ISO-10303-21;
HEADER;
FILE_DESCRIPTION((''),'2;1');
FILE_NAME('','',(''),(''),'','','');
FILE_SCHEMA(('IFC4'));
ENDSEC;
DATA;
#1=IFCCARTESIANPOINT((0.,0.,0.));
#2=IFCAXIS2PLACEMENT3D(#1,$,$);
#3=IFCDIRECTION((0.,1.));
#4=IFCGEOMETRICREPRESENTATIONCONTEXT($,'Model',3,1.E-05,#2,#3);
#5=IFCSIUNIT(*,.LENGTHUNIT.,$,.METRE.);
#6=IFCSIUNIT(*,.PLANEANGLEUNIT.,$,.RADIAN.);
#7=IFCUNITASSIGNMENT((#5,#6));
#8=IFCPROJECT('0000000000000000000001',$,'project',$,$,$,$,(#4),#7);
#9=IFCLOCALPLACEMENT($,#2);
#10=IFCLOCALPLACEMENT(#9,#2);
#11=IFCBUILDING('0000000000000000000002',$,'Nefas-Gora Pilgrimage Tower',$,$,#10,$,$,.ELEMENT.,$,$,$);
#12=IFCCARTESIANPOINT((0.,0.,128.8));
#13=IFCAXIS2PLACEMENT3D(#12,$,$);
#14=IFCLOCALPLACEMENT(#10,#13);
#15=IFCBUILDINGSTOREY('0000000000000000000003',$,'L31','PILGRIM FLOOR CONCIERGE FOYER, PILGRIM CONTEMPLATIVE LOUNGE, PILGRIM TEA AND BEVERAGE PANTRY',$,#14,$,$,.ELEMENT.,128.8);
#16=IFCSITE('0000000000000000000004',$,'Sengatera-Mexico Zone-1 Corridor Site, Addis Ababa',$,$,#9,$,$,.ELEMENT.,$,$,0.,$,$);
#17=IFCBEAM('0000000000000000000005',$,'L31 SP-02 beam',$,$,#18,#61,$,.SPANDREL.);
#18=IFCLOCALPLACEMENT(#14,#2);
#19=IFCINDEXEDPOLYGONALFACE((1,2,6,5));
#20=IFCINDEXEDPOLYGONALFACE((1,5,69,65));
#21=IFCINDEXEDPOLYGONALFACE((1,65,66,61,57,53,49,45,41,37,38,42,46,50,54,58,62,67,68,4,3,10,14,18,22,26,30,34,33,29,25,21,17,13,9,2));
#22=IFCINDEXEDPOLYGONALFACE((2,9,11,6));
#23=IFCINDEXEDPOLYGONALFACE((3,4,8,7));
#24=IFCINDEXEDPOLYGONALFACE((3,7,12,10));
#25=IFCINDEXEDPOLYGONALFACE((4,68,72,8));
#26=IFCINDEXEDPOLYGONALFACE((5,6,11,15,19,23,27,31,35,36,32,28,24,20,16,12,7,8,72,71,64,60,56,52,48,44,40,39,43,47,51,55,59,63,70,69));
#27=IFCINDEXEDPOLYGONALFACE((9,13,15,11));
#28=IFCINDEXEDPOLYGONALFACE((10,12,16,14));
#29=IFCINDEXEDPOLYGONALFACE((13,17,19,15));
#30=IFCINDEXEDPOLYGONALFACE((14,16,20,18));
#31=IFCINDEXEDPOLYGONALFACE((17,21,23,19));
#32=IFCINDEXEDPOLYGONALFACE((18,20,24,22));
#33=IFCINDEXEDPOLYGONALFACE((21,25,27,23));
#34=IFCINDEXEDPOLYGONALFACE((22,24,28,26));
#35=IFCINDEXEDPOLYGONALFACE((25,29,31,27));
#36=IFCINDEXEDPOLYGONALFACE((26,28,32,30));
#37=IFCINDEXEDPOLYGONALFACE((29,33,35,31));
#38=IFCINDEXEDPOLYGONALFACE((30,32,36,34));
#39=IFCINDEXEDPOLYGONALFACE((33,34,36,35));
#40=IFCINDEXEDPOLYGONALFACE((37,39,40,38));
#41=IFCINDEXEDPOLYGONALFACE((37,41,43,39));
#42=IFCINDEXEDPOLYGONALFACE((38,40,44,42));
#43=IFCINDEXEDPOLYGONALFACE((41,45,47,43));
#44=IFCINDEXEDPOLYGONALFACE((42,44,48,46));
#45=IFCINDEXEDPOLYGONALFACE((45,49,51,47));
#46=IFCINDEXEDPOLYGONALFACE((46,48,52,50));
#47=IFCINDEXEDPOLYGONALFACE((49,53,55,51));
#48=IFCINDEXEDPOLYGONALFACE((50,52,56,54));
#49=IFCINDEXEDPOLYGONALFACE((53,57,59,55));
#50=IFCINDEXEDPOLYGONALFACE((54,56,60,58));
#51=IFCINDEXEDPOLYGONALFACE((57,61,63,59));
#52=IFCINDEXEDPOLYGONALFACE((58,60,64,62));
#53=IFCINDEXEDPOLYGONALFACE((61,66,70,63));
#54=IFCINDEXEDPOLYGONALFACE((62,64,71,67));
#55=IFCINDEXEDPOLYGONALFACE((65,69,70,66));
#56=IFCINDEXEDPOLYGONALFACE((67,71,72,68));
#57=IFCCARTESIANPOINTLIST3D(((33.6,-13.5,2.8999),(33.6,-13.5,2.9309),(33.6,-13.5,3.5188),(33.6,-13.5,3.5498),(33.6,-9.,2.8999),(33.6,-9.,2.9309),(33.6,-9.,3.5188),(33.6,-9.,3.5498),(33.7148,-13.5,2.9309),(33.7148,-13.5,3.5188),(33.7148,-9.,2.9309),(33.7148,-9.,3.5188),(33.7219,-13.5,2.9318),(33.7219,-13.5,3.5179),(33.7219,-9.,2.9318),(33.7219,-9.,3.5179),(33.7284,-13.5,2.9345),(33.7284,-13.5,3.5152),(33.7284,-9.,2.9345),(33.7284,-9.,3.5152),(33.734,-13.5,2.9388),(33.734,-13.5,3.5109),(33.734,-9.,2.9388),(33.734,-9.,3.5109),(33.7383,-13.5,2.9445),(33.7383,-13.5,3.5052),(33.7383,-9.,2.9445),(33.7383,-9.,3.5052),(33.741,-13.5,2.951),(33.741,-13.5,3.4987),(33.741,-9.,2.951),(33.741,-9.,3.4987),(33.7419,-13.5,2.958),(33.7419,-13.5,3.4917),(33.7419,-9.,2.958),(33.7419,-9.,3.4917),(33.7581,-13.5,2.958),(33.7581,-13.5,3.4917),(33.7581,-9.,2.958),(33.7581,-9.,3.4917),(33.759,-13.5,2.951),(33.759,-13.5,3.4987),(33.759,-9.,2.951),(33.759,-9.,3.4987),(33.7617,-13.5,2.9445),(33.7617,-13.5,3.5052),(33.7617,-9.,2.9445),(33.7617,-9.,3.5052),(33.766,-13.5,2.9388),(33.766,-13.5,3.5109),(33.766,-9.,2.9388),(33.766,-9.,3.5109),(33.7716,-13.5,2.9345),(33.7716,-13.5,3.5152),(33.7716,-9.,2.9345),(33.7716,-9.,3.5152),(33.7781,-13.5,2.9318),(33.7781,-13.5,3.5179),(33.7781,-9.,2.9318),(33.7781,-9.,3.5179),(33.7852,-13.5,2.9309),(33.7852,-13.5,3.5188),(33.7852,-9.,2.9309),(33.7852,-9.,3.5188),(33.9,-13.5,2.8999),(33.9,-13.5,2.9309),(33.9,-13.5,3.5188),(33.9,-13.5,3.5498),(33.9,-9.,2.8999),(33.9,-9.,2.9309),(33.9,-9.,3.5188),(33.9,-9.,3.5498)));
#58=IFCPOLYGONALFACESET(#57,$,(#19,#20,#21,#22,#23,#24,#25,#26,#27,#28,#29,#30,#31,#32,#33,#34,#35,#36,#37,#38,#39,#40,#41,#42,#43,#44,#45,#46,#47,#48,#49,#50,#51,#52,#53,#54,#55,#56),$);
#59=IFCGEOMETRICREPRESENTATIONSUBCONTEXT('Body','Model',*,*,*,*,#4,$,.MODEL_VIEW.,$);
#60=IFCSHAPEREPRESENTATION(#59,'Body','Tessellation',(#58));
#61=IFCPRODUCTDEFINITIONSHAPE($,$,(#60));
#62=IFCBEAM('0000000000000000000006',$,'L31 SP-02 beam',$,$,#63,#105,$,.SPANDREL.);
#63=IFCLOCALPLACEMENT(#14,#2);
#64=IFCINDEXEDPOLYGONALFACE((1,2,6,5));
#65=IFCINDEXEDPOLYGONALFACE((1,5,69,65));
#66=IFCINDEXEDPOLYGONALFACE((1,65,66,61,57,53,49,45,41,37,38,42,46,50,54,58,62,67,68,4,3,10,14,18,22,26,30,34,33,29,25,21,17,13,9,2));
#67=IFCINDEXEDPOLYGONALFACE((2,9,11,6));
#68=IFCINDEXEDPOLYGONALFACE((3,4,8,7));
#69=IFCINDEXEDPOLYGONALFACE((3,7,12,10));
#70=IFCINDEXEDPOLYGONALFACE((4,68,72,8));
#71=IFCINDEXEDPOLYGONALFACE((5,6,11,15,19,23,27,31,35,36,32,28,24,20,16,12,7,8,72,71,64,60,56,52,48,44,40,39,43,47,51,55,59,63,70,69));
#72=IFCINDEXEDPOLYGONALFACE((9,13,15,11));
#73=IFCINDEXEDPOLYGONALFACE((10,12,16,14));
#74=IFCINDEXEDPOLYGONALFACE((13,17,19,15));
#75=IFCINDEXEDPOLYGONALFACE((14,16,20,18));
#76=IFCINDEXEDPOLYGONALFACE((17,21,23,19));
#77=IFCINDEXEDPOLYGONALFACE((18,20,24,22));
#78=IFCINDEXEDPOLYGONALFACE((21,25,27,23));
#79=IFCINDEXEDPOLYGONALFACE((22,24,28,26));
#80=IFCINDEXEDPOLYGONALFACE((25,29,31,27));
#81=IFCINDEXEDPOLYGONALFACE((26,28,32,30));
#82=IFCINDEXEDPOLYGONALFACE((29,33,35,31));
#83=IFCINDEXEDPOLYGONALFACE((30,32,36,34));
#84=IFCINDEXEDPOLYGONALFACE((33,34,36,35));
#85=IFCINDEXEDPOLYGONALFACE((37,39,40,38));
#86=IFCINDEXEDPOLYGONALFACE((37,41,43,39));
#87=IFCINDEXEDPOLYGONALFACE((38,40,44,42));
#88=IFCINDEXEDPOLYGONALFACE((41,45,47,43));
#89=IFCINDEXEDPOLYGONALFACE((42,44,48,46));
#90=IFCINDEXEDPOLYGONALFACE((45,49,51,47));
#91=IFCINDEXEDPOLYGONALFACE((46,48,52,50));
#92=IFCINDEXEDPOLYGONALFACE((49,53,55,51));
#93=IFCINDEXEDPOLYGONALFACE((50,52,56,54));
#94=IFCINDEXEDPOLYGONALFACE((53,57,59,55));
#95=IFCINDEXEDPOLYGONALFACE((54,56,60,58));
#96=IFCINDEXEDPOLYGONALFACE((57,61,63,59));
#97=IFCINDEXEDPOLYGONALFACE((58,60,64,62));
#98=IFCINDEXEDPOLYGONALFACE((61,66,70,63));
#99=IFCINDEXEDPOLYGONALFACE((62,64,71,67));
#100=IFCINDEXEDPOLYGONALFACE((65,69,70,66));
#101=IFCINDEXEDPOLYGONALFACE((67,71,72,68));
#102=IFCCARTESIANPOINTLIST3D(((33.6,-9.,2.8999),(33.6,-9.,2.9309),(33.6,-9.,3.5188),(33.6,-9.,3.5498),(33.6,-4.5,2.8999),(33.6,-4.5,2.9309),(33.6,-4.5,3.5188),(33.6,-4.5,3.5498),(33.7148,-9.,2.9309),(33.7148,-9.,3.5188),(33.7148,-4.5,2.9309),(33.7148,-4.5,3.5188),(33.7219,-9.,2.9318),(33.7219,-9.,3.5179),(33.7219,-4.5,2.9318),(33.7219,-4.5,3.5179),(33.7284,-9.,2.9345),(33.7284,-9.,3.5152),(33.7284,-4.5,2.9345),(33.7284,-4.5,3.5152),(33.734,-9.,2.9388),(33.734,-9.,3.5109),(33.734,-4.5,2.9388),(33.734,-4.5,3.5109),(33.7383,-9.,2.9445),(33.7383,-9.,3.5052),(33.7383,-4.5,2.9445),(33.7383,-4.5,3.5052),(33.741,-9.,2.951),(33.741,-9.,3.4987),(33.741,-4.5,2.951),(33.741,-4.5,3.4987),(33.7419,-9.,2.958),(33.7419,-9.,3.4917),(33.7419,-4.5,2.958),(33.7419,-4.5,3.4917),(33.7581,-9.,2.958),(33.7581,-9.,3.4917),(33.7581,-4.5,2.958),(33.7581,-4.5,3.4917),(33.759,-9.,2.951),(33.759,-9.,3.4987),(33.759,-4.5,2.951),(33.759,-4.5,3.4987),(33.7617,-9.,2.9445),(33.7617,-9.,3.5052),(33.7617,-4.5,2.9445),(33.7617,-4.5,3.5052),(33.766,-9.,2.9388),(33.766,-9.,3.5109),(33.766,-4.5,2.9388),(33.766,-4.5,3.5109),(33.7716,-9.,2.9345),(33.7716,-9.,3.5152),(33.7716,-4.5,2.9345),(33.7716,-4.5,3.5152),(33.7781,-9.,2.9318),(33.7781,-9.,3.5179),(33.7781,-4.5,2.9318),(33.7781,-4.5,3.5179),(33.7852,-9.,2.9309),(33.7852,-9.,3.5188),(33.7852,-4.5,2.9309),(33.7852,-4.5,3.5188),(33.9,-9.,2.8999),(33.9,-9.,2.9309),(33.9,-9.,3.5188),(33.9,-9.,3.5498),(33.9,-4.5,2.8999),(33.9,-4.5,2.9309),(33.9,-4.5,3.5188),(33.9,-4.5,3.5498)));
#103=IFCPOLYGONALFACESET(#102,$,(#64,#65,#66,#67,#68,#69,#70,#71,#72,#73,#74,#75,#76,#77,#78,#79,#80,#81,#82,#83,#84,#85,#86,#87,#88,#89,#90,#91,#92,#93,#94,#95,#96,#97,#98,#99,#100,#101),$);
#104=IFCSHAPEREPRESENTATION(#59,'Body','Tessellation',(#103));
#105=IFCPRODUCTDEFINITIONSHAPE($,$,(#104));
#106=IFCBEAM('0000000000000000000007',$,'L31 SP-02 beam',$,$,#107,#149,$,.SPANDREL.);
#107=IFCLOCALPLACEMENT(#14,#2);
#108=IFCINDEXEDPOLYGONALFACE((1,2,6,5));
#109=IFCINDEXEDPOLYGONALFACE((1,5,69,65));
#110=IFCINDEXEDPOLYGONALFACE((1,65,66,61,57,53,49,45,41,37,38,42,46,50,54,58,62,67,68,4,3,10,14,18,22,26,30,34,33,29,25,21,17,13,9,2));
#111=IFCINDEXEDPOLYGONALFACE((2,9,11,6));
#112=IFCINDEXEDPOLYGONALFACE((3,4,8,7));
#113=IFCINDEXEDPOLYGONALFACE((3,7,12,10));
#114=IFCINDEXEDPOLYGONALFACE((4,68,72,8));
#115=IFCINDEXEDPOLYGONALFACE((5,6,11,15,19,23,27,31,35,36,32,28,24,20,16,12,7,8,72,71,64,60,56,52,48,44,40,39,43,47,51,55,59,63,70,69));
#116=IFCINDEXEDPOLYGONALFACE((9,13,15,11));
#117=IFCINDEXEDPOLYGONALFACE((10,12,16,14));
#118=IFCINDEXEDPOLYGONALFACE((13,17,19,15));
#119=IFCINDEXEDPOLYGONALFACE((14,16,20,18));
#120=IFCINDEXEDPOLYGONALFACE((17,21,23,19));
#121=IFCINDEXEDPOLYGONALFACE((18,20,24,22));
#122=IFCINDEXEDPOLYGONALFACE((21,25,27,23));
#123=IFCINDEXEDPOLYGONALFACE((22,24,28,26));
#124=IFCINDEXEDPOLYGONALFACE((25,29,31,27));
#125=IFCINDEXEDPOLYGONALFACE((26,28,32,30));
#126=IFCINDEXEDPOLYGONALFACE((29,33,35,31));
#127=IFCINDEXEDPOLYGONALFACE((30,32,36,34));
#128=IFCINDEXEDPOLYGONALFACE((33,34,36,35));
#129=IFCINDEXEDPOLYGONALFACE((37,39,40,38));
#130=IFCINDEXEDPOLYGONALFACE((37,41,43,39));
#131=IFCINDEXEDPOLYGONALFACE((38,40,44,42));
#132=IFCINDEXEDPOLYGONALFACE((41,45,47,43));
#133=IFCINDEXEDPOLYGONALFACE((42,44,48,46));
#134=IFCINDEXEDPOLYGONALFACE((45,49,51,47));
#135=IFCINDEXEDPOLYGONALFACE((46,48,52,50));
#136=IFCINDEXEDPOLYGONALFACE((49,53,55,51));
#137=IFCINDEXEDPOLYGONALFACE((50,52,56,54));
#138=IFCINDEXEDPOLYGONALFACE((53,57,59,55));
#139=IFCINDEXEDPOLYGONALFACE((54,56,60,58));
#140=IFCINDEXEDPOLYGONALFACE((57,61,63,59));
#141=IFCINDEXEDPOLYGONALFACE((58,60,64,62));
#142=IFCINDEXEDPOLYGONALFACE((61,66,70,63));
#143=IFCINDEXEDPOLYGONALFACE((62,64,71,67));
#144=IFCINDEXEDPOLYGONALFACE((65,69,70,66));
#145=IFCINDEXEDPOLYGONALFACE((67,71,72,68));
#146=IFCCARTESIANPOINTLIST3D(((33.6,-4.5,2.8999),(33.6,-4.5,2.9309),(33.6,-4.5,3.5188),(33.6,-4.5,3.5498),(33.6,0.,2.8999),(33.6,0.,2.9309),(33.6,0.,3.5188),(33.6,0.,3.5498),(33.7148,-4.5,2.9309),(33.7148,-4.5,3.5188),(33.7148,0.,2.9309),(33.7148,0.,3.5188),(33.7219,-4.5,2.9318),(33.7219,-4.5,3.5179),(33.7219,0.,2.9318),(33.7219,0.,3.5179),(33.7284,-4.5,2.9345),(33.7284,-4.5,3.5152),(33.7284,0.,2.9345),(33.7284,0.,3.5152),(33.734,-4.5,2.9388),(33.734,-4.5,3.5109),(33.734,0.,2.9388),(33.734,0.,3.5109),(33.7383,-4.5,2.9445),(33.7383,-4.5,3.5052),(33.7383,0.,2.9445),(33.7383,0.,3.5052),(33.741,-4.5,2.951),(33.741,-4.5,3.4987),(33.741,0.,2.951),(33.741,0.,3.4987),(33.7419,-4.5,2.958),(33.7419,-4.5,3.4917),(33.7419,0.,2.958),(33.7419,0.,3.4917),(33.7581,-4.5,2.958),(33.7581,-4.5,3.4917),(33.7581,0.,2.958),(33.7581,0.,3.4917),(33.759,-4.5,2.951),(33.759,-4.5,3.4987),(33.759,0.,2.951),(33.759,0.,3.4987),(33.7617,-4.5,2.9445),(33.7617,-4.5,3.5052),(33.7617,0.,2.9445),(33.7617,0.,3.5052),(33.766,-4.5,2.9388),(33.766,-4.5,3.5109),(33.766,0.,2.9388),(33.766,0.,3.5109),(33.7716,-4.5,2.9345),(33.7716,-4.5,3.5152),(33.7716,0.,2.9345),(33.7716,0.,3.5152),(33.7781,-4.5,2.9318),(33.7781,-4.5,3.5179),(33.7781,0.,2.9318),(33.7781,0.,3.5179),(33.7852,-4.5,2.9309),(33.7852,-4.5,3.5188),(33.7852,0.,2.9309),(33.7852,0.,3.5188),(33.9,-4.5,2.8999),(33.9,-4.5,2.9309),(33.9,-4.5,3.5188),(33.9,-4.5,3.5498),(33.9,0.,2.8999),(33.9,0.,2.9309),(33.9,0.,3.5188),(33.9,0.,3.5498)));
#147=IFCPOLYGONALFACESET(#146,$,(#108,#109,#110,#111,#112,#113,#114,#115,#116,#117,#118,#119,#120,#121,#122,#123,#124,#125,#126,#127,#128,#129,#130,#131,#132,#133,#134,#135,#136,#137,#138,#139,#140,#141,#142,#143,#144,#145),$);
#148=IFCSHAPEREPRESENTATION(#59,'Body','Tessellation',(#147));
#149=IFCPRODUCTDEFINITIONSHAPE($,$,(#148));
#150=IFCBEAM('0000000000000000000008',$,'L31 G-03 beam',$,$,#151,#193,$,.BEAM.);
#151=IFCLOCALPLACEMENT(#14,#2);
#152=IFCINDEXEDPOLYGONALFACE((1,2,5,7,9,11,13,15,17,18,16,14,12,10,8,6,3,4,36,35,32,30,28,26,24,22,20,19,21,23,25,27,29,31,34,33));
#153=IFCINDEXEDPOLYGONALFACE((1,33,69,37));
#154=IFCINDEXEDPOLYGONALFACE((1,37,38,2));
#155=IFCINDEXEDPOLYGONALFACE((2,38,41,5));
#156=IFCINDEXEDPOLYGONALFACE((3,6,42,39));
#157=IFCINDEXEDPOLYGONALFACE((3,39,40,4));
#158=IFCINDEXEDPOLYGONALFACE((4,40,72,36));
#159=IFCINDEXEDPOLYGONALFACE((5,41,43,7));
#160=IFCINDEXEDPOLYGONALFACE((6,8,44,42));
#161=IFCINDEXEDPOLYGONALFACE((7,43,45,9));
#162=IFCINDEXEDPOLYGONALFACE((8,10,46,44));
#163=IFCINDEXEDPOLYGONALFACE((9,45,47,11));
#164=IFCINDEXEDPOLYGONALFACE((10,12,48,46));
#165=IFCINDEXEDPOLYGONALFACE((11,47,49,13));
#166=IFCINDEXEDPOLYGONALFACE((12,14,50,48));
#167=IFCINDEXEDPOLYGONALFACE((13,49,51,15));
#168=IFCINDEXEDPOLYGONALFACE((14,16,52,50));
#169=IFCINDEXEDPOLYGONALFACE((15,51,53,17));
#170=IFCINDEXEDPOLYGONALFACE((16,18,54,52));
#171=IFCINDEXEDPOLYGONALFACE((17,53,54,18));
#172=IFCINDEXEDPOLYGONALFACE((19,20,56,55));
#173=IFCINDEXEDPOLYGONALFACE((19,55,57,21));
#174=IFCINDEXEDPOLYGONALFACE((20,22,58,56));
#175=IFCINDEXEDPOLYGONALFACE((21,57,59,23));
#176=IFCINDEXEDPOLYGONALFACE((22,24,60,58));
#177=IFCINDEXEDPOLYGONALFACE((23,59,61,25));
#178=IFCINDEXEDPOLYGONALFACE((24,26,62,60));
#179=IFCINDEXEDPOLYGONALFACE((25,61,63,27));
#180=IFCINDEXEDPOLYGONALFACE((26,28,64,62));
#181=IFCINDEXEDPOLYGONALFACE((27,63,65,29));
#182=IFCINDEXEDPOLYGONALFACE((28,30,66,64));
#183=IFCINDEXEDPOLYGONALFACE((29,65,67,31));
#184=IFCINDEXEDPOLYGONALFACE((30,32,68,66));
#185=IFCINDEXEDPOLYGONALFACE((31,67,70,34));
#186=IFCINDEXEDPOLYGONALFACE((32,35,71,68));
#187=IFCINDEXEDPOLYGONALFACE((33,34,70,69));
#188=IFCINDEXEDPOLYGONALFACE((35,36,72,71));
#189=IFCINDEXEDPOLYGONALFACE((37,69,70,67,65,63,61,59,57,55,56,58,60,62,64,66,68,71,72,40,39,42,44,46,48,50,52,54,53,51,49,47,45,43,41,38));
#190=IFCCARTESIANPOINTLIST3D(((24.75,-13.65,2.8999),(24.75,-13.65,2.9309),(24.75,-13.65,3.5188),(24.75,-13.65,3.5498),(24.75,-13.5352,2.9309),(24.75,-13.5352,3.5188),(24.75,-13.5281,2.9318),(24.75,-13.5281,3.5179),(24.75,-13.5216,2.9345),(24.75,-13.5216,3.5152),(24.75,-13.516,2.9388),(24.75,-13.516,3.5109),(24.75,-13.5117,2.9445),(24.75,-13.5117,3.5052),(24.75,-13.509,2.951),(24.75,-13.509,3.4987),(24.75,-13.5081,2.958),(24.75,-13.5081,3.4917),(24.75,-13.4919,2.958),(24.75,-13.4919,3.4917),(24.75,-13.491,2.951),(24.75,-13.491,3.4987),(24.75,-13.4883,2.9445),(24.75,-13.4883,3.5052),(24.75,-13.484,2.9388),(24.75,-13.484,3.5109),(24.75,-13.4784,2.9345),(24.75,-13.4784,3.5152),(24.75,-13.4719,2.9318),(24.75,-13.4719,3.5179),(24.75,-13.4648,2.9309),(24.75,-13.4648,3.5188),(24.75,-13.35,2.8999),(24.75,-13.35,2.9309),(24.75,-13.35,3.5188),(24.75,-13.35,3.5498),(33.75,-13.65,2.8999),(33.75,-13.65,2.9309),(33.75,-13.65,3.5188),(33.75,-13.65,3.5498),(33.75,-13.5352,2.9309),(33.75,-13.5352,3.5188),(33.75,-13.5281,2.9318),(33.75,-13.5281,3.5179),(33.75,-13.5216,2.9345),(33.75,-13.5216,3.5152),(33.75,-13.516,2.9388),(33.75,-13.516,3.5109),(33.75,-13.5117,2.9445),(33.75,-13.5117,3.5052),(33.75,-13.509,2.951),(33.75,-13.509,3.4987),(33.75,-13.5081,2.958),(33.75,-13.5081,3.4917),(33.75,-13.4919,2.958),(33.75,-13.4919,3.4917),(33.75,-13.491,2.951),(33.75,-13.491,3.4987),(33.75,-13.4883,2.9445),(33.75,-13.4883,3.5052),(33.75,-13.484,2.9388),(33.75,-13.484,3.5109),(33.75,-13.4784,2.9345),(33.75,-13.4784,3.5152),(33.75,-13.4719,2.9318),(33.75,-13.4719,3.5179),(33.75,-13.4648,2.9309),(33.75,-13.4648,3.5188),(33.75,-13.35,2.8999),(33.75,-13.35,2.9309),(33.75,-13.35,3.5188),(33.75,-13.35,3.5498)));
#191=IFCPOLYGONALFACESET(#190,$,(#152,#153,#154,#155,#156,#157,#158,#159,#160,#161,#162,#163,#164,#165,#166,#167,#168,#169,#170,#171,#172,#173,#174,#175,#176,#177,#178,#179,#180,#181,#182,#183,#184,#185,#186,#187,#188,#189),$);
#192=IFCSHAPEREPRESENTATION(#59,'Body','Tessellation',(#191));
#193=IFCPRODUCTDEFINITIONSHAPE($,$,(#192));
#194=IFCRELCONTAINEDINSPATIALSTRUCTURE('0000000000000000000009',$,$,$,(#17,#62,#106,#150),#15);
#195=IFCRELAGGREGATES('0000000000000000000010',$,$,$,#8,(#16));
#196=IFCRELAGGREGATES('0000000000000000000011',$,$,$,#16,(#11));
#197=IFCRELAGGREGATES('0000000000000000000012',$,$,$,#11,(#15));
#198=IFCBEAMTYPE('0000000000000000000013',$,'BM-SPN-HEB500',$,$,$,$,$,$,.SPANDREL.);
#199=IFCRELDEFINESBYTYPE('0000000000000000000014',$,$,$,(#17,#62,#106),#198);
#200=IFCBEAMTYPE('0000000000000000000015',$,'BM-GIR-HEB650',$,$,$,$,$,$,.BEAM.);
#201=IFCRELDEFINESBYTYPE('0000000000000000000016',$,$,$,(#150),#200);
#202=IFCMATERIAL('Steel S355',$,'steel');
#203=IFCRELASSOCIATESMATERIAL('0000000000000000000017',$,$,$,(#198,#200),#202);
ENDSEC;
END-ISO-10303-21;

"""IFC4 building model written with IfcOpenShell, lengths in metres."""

from ifc_helpers import new_model, si_unit, direction, frame, origin, origin_2d, place, context, subcontext, project, spatial, i_section, extrude, source, transform, mapped, material, material_profile, profile_set, type_object, element, save


model = new_model("IFC4")

# Units and contexts
model_context = context("Model", 3, precision=1e-05, world=origin(), true_north=direction((0.0, 1.0)))
body_context = subcontext(model_context, "Body", "Model", "MODEL_VIEW")
ifc_project = project(units=[si_unit("LENGTHUNIT", "METRE"), si_unit("PLANEANGLEUNIT", "RADIAN")], contexts=[model_context])

# Site, building, storey
site_placement = place(None, origin())
site = spatial("IfcSite", under=ifc_project, at=site_placement, Name="Sengatera-Mexico Zone-1 Corridor Site, Addis Ababa", CompositionType="ELEMENT", RefElevation=0.0)
building_placement = place(site_placement, origin())
building = spatial("IfcBuilding", under=site, at=building_placement, Name="Nefas-Gora Pilgrimage Tower", CompositionType="ELEMENT")
storey_placement = place(building_placement, frame((0.0, 0.0, 128.8)))
storey = spatial("IfcBuildingStorey", under=building, at=storey_placement, Name="L31", Description="PILGRIM FLOOR CONCIERGE FOYER, PILGRIM CONTEMPLATIVE LOUNGE, PILGRIM TEA AND BEVERAGE PANTRY", CompositionType="ELEMENT", Elevation=128.8)

# Beams
ifc_material_1 = material(Name="Steel S355", Category="steel")
ifc_material_profile_1 = material_profile(ifc_material_1, i_section(OverallWidth=0.3, OverallDepth=0.6499, WebThickness=0.0161, FlangeThickness=0.031, FilletRadius=0.0271, at=origin_2d()), Name="HEB 650")
ifc_profile_set_1 = profile_set([ifc_material_profile_1], Name="Steel S355")
beam_type_1 = type_object("IfcBeamType", Name="BM-SPN-HEB500", PredefinedType="SPANDREL", material=ifc_profile_set_1)
shared_shape_1 = source(origin(), body_context, "Body", "SweptSolid", [
    extrude(i_section(OverallWidth=0.3, OverallDepth=0.6499, WebThickness=0.0161, FlangeThickness=0.031, FilletRadius=0.0271, at=origin_2d()), origin(), (0.0, 0.0, 1.0), 4.5),
])
for number, where, z_axis, x_axis, name in (
    (1, (33.75, -13.5, 3.2249), (0.0, 1.0, 0.0), (-1.0, 0.0, 0.0), "L31 SP-02 beam"),
    (2, (33.75, -9.0, 3.2249), (0.0, 1.0, 0.0), (-1.0, 0.0, 0.0), "L31 SP-02 beam"),
    (3, (33.75, -4.5, 3.2249), (0.0, 1.0, 0.0), (-1.0, 0.0, 0.0), "L31 SP-02 beam"),
):
    element("IfcBeam", number, at=place(storey_placement, frame(where, z_axis=z_axis, x_axis=x_axis)), inside=storey, type_object=beam_type_1, Name=name, PredefinedType="SPANDREL", context=body_context, shape_type="MappedRepresentation", body=[
        mapped(shared_shape_1, transform((0.0, 0.0, 0.0), x_axis=(1.0, 0.0, 0.0), y_axis=(0.0, 1.0, 0.0), z_axis=(0.0, 0.0, 1.0), scale=1.0)),
    ])
ifc_material_profile_2 = material_profile(ifc_material_1, i_section(OverallWidth=0.3, OverallDepth=0.6499, WebThickness=0.0161, FlangeThickness=0.031, FilletRadius=0.0271, at=origin_2d()), Name="HEB 650")
ifc_profile_set_2 = profile_set([ifc_material_profile_2], Name="Steel S355")
beam_type_2 = type_object("IfcBeamType", Name="BM-GIR-HEB650", PredefinedType="BEAM", material=ifc_profile_set_2)
shared_shape_2 = source(origin(), body_context, "Body", "SweptSolid", [
    extrude(i_section(OverallWidth=0.3, OverallDepth=0.6499, WebThickness=0.0161, FlangeThickness=0.031, FilletRadius=0.0271, at=origin_2d()), origin(), (0.0, 0.0, 1.0), 9.0),
])
for number, where, z_axis, x_axis, name in (
    (4, (24.75, -13.5, 3.2249), (1.0, 0.0, 0.0), (0.0, 1.0, 0.0), "L31 G-03 beam"),
):
    element("IfcBeam", number, at=place(storey_placement, frame(where, z_axis=z_axis, x_axis=x_axis)), inside=storey, type_object=beam_type_2, Name=name, PredefinedType="BEAM", context=body_context, shape_type="MappedRepresentation", body=[
        mapped(shared_shape_2, transform((0.0, 0.0, 0.0), x_axis=(1.0, 0.0, 0.0), y_axis=(0.0, 1.0, 0.0), z_axis=(0.0, 0.0, 1.0), scale=1.0)),
    ])

save(model, "model.ifc")
